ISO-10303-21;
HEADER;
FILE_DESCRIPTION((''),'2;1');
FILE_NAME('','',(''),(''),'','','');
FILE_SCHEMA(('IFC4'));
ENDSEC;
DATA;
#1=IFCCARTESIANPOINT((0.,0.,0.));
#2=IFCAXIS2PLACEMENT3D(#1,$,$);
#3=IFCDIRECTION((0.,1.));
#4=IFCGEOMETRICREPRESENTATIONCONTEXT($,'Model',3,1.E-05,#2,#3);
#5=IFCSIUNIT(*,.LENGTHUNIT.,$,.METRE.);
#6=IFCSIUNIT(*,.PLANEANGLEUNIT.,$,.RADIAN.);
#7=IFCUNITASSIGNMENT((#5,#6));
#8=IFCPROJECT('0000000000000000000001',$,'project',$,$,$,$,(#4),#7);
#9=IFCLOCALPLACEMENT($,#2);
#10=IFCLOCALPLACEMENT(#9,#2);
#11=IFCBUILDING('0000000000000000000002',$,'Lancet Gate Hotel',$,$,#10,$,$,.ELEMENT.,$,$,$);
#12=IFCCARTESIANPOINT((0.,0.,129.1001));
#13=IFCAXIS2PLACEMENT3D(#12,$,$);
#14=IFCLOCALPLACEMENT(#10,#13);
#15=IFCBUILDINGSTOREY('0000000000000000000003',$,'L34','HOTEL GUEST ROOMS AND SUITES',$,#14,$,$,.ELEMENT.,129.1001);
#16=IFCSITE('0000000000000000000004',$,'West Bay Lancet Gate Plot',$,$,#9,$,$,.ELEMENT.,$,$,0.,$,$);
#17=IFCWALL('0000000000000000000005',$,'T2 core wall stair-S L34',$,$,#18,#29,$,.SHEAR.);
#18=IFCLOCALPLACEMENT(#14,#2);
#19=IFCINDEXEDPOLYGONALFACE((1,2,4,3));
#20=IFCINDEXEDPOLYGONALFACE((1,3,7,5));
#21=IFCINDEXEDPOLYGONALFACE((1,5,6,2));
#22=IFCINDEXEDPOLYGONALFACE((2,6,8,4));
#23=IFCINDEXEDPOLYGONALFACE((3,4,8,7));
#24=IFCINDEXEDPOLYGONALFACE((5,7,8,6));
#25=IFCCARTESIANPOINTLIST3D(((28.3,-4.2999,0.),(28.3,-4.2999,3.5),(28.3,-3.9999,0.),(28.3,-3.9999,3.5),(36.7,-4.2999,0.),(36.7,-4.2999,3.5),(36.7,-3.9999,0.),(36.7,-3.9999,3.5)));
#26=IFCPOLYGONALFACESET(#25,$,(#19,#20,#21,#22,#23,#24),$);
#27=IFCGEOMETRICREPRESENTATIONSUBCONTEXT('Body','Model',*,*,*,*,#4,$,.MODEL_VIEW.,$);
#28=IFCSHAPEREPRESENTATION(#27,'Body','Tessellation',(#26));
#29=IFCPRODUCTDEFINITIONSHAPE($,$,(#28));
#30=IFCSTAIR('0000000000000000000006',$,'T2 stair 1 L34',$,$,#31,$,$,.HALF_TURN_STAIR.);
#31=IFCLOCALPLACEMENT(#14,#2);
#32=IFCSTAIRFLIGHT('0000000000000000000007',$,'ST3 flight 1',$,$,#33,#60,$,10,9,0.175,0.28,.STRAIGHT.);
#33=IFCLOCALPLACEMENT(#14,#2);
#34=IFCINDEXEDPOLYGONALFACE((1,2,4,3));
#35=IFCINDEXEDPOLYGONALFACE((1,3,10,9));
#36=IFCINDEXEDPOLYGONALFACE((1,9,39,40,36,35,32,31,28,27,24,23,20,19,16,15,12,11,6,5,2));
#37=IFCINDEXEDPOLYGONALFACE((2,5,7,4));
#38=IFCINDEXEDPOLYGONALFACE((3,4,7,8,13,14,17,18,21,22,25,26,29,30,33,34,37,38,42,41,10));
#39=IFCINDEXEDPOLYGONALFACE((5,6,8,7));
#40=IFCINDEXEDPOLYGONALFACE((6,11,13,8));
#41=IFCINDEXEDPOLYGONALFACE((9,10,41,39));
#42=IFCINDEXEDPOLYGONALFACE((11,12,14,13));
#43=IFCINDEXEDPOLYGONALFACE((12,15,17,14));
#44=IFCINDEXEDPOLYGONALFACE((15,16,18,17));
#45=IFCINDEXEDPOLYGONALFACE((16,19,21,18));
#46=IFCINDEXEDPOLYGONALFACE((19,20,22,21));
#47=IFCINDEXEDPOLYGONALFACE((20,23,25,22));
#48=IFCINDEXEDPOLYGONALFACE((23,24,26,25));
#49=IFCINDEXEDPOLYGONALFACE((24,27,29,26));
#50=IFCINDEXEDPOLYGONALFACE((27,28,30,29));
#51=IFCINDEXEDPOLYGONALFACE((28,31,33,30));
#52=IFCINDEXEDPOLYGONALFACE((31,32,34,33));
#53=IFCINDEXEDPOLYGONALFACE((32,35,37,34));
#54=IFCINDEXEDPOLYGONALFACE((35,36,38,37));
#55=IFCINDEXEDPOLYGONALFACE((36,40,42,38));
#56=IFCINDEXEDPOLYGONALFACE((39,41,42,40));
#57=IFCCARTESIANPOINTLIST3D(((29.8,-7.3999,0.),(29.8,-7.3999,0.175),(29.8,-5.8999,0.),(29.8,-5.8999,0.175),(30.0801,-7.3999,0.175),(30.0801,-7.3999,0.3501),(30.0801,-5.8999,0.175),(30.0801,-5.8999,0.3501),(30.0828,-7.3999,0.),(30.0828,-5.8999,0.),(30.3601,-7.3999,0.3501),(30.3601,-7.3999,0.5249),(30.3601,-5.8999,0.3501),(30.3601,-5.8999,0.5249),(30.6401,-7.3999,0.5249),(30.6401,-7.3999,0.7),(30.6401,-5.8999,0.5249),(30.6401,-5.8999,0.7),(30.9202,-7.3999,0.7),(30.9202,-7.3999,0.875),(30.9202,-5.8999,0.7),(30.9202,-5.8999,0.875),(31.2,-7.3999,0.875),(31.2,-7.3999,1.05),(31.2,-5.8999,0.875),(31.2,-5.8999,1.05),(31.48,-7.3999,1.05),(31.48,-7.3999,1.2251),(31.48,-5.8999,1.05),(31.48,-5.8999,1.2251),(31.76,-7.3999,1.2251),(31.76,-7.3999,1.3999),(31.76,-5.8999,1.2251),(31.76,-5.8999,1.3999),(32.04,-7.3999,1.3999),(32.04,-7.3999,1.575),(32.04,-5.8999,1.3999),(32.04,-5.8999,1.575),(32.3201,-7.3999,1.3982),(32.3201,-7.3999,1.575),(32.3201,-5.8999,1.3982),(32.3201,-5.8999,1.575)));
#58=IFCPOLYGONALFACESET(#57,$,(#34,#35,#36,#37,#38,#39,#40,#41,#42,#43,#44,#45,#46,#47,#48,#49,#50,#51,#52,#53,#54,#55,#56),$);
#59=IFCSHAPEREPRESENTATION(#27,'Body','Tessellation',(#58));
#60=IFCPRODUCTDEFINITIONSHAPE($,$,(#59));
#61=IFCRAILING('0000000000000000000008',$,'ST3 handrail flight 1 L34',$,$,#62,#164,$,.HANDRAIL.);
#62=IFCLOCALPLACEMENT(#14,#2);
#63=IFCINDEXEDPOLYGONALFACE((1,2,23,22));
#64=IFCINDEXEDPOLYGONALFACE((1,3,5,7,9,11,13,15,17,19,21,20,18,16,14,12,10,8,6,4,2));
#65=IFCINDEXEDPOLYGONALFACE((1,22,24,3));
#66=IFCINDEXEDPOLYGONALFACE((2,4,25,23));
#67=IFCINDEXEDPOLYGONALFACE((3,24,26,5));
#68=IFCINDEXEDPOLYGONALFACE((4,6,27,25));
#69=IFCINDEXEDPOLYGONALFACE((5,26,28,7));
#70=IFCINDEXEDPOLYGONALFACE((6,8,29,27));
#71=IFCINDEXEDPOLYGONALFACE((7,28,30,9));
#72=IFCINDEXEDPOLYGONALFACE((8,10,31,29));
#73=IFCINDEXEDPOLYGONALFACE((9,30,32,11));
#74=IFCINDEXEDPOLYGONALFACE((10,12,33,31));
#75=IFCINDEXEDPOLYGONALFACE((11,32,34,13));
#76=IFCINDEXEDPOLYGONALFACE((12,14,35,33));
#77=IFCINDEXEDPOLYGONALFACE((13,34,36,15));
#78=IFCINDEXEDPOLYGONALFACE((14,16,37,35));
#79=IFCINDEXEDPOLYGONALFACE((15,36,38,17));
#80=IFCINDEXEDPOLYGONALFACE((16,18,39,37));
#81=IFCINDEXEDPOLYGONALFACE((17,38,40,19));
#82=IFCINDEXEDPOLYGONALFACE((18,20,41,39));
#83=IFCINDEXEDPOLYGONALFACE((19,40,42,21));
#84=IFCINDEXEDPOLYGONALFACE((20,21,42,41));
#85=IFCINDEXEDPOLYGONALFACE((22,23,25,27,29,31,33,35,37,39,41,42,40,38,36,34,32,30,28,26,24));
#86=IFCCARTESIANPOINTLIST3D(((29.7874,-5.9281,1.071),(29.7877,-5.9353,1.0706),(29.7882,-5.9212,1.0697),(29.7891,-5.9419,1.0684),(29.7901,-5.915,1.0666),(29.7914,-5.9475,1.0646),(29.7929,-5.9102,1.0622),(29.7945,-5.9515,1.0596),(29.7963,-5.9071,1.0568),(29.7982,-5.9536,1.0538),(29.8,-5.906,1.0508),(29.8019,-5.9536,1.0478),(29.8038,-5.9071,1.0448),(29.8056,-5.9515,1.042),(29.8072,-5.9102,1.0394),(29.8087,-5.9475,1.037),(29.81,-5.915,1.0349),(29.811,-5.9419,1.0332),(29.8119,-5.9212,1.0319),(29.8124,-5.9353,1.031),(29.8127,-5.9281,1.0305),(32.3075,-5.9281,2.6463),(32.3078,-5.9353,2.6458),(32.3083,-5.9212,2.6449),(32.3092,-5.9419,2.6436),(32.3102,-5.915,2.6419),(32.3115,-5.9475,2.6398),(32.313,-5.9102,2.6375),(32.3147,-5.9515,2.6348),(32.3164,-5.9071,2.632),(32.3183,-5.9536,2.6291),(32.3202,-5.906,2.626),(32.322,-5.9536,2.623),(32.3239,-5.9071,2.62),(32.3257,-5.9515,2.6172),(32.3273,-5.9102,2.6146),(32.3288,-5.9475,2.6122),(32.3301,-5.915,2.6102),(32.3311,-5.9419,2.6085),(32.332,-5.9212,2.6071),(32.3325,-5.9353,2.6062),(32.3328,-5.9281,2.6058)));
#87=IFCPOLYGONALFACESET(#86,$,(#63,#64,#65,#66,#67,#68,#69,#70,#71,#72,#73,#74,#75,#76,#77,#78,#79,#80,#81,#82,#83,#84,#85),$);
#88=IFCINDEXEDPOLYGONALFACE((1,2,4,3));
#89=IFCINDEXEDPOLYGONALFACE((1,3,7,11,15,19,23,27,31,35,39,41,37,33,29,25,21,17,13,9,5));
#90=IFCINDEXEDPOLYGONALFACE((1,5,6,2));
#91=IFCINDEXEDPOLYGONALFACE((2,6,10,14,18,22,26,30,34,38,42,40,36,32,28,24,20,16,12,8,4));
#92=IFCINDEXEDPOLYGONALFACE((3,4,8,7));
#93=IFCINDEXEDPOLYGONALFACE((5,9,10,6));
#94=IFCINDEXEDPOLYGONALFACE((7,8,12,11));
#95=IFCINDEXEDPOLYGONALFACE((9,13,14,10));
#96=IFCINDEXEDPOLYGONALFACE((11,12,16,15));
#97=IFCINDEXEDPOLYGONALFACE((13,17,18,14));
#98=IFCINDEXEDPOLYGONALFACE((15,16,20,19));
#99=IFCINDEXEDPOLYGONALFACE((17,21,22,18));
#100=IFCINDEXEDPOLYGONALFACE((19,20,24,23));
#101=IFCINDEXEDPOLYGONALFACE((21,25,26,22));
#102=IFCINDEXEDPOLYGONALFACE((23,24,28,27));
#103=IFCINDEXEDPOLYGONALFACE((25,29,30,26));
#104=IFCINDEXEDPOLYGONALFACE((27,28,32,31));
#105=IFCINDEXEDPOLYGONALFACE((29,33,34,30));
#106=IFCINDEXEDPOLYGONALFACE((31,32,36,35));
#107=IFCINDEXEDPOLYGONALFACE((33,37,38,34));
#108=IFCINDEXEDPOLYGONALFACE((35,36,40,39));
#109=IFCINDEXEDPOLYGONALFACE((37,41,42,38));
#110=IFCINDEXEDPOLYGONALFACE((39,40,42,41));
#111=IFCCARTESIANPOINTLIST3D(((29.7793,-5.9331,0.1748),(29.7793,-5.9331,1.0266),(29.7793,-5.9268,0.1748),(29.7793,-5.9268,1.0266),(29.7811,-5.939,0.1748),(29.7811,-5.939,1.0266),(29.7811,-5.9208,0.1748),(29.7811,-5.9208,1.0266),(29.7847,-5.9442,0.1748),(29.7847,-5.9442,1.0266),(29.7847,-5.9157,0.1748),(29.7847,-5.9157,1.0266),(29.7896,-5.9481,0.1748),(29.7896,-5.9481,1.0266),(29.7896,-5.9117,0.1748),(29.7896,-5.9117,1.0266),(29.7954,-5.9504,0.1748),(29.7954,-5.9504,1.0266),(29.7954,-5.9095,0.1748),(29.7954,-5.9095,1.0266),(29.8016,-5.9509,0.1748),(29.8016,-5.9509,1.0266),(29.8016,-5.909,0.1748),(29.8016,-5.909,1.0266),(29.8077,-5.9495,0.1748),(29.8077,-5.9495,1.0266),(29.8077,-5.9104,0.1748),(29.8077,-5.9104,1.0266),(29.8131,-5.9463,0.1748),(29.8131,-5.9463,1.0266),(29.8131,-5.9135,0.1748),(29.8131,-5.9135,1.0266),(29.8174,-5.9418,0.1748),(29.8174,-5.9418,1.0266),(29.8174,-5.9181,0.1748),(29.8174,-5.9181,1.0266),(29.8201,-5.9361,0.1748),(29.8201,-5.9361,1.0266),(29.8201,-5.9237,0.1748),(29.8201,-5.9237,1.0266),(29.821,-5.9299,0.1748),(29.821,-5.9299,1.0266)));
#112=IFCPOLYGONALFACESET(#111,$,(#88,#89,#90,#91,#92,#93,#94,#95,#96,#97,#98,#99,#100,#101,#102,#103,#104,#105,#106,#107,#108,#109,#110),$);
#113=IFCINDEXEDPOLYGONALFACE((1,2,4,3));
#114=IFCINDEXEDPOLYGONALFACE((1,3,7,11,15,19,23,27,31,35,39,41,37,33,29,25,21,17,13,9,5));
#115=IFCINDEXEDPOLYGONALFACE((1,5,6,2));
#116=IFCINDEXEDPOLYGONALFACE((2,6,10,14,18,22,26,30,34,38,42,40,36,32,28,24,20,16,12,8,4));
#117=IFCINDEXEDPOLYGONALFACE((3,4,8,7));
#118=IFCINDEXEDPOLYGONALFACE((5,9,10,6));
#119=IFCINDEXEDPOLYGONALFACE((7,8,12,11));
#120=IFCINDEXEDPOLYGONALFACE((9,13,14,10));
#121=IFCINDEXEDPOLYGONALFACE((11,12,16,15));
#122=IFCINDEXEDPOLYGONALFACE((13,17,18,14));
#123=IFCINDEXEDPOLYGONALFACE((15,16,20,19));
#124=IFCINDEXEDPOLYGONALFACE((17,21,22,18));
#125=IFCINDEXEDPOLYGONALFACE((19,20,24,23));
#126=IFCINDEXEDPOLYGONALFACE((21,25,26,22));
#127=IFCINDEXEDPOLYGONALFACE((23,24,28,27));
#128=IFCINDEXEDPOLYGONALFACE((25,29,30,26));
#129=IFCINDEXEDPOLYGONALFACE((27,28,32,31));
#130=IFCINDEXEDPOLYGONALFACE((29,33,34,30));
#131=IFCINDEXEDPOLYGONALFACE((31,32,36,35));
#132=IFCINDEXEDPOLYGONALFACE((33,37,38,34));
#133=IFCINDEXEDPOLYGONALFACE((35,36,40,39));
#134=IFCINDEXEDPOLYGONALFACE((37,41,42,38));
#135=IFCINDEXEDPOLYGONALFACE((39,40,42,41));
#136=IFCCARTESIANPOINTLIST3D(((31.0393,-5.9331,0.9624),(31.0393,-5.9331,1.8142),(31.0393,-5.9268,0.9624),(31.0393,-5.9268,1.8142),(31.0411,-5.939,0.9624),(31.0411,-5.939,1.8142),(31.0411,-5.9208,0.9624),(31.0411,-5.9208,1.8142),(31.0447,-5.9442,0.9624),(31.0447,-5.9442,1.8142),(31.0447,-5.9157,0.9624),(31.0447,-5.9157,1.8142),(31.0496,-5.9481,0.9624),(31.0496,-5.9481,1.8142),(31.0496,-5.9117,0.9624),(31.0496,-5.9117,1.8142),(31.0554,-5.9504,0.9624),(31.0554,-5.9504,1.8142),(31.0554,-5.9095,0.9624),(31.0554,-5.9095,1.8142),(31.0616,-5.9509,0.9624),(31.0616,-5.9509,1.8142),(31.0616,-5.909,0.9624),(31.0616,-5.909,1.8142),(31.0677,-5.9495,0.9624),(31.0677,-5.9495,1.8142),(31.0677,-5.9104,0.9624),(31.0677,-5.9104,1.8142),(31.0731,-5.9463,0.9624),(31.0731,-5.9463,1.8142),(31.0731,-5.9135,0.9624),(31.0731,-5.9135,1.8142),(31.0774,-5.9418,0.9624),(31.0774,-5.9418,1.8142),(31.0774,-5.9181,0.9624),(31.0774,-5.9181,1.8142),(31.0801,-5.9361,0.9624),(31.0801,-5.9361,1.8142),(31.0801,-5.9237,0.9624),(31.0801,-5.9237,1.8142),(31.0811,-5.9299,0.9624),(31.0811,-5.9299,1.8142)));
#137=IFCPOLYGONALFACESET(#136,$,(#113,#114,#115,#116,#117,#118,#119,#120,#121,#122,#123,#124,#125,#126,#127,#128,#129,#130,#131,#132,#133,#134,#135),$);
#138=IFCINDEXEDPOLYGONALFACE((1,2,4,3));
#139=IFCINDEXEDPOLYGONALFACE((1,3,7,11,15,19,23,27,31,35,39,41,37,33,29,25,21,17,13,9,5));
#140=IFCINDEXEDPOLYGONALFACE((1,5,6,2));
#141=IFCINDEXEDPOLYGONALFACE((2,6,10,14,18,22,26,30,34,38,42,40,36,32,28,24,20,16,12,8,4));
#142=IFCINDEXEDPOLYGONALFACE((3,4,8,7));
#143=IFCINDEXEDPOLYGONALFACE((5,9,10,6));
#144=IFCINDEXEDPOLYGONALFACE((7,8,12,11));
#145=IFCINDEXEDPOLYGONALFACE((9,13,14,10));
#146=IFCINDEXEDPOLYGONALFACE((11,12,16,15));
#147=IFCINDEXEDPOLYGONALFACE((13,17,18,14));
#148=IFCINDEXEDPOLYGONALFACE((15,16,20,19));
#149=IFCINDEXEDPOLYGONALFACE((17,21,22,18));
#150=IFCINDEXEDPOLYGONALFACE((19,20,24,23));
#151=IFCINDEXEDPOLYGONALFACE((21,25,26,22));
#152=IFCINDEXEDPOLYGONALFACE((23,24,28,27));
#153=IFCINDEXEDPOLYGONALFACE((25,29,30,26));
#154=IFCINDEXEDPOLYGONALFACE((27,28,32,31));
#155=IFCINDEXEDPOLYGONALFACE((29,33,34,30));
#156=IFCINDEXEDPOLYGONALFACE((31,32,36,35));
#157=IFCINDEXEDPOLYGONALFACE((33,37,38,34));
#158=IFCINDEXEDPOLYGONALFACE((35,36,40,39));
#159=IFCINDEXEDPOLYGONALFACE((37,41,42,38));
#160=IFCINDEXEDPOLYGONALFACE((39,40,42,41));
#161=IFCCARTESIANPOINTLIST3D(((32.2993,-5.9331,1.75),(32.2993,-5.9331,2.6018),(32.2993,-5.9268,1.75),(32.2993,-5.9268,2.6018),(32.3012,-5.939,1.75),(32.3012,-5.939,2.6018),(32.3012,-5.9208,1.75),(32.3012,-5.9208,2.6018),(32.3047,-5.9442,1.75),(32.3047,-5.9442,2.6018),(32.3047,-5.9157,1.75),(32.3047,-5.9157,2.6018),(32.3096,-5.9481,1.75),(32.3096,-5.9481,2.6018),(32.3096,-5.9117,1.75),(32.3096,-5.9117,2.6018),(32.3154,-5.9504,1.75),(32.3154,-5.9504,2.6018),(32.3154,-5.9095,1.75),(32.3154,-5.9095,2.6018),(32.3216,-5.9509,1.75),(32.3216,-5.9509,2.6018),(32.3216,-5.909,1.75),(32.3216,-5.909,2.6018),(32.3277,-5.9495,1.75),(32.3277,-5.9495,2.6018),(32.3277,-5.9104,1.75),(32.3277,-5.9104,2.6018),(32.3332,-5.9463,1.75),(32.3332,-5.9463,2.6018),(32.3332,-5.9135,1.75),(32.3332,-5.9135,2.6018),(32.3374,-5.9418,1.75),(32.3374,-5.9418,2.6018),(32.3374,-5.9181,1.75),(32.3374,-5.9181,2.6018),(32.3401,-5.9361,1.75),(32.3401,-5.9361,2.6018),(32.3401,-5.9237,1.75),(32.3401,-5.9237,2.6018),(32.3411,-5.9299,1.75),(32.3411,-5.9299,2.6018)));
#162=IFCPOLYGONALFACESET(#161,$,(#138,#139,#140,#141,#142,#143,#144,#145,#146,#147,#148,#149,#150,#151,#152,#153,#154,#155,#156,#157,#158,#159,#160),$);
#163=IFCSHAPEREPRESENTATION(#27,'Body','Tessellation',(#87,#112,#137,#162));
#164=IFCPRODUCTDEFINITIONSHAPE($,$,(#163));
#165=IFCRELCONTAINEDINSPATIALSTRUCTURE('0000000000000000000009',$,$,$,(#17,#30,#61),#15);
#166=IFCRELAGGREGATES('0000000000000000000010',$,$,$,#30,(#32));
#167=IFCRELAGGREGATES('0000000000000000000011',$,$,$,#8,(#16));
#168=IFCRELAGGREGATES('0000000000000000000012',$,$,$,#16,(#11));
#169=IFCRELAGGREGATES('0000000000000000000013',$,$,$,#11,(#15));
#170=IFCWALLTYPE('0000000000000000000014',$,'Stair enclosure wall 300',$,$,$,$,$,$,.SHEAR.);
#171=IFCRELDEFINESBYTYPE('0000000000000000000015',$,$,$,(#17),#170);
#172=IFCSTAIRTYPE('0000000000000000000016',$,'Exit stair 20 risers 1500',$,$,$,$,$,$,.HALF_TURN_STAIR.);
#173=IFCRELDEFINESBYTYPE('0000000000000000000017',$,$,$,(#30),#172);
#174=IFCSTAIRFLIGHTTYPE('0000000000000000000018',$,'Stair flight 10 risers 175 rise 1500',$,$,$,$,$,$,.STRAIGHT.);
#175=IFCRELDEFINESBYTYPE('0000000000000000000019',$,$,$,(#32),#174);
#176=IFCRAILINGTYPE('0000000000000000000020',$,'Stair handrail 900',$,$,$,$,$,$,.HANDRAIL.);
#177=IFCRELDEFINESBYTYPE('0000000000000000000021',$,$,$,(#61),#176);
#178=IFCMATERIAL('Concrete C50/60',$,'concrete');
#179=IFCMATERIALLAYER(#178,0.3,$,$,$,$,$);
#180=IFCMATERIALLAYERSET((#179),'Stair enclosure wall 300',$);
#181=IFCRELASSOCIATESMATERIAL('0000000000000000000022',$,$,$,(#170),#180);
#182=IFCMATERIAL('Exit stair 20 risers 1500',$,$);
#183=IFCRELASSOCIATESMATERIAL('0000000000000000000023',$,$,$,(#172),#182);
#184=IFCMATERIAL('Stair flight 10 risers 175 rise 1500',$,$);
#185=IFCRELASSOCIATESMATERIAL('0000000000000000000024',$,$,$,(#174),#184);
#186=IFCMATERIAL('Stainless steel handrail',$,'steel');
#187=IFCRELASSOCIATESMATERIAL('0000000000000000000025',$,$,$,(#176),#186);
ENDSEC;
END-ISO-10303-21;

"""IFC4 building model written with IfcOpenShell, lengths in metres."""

from ifc_helpers import new_model, si_unit, direction, frame, frame_2d, origin, origin_2d, place, context, subcontext, project, spatial, polyline, rectangle, circle, outline, extrude, material, layer, layer_set, type_object, element, aggregate, save


model = new_model("IFC4")

# Units and contexts
model_context = context("Model", 3, precision=1e-05, world=origin(), true_north=direction((0.0, 1.0)))
body_context = subcontext(model_context, "Body", "Model", "MODEL_VIEW")
ifc_project = project(units=[si_unit("LENGTHUNIT", "METRE"), si_unit("PLANEANGLEUNIT", "RADIAN")], contexts=[model_context])

# Site, building, storey
site_placement = place(None, origin())
site = spatial("IfcSite", under=ifc_project, at=site_placement, Name="West Bay Lancet Gate Plot", CompositionType="ELEMENT", RefElevation=0.0)
building_placement = place(site_placement, origin())
building = spatial("IfcBuilding", under=site, at=building_placement, Name="Lancet Gate Hotel", CompositionType="ELEMENT")
storey_placement = place(building_placement, frame((0.0, 0.0, 129.1001)))
storey = spatial("IfcBuildingStorey", under=building, at=storey_placement, Name="L34", Description="HOTEL GUEST ROOMS AND SUITES", CompositionType="ELEMENT", Elevation=129.1001)

# Wall
ifc_material_1 = material(Name="Concrete C50/60", Category="concrete")
ifc_layer_1 = layer(ifc_material_1, 0.3)
ifc_layer_set_1 = layer_set([ifc_layer_1], Name="Stair enclosure wall 300")
wall_type_1 = type_object("IfcWallType", Name="Stair enclosure wall 300", PredefinedType="SHEAR", material=ifc_layer_set_1)
wall_1_placement = place(storey_placement, frame((28.3, -4.1499, 0.0), z_axis=(0.0, 0.0, 1.0), x_axis=(1.0, 0.0, 0.0)))
element("IfcWall", 1, at=wall_1_placement, inside=storey, type_object=wall_type_1, Name="T2 core wall stair-S L34", PredefinedType="SHEAR", context=body_context, shape_type="SweptSolid", body=[
    extrude(rectangle(XDim=8.3999, YDim=0.3, at=frame_2d((4.2, 0.0))), origin(), (0.0, 0.0, 1.0), 3.5),
])

# Stair, stair flight
ifc_material_2 = material(Name="Exit stair 20 risers 1500")
stair_type = type_object("IfcStairType", Name="Exit stair 20 risers 1500", PredefinedType="HALF_TURN_STAIR", material=ifc_material_2)
stair_placement = place(storey_placement, origin())
stair = element("IfcStair", 2, at=stair_placement, inside=storey, type_object=stair_type, Name="T2 stair 1 L34", PredefinedType="HALF_TURN_STAIR")
ifc_material_3 = material(Name="Stair flight 10 risers 175 rise 1500")
stair_flight_type = type_object("IfcStairFlightType", Name="Stair flight 10 risers 175 rise 1500", PredefinedType="STRAIGHT", material=ifc_material_3)
stair_flight_placement = place(storey_placement, frame((29.8, -6.6499, 0.0), z_axis=(0.0, 0.0, 1.0), x_axis=(1.0, 0.0, 0.0)))
stair_flight = element("IfcStairFlight", 3, at=stair_flight_placement, type_object=stair_flight_type, Name="ST3 flight 1", NumberOfRisers=10, NumberOfTreads=9, PredefinedType="STRAIGHT", RiserHeight=0.175, TreadLength=0.28, context=body_context, shape_type="SweptSolid", body=[
    extrude(outline(polyline([(0.0, 0.0), (0.0, 0.175), (0.28, 0.175), (0.28, 0.3501), (0.5601, 0.3501), (0.5601, 0.5249), (0.8401, 0.5249), (0.8401, 0.7), (1.1201, 0.7), (1.1201, 0.875), (1.3999, 0.875), (1.3999, 1.05), (1.6799, 1.05), (1.6799, 1.2251), (1.96, 1.2251), (1.96, 1.3999), (2.24, 1.3999), (2.24, 1.575), (2.52, 1.575), (2.52, 1.75), (2.52, 1.3982), (0.2827, 0.0), (0.0, 0.0)])), frame((0.0, 0.75, 0.0), z_axis=(0.0, -1.0, 0.0), x_axis=(1.0, 0.0, 0.0)), (0.0, 0.0, 1.0), 1.5),
])
aggregate(stair, [stair_flight])

# Railing
ifc_material_4 = material(Name="Stainless steel handrail", Category="steel")
railing_type = type_object("IfcRailingType", Name="Stair handrail 900", PredefinedType="HANDRAIL", material=ifc_material_4)
railing_placement = place(storey_placement, frame((29.8, -5.9299, 0.1748)))
element("IfcRailing", 4, at=railing_placement, inside=storey, type_object=railing_type, Name="ST3 handrail flight 1 L34", PredefinedType="HANDRAIL", context=body_context, shape_type="SweptSolid", body=[
    extrude(circle(Radius=0.0239, at=origin_2d()), frame((0.0, 0.0, 0.876), z_axis=(0.847971, 0.0, 0.530043), x_axis=(0.0, 1.0, 0.0)), (0.0, 0.0, 1.0), 2.9719),
    extrude(circle(Radius=0.021, at=origin_2d()), origin(), (0.0, 0.0, 1.0), 0.8518),
    extrude(circle(Radius=0.021, at=origin_2d()), frame((1.26, 0.0, 0.7876)), (0.0, 0.0, 1.0), 0.8518),
    extrude(circle(Radius=0.021, at=origin_2d()), frame((2.52, 0.0, 1.5752)), (0.0, 0.0, 1.0), 0.8518),
])

save(model, "model.ifc")
